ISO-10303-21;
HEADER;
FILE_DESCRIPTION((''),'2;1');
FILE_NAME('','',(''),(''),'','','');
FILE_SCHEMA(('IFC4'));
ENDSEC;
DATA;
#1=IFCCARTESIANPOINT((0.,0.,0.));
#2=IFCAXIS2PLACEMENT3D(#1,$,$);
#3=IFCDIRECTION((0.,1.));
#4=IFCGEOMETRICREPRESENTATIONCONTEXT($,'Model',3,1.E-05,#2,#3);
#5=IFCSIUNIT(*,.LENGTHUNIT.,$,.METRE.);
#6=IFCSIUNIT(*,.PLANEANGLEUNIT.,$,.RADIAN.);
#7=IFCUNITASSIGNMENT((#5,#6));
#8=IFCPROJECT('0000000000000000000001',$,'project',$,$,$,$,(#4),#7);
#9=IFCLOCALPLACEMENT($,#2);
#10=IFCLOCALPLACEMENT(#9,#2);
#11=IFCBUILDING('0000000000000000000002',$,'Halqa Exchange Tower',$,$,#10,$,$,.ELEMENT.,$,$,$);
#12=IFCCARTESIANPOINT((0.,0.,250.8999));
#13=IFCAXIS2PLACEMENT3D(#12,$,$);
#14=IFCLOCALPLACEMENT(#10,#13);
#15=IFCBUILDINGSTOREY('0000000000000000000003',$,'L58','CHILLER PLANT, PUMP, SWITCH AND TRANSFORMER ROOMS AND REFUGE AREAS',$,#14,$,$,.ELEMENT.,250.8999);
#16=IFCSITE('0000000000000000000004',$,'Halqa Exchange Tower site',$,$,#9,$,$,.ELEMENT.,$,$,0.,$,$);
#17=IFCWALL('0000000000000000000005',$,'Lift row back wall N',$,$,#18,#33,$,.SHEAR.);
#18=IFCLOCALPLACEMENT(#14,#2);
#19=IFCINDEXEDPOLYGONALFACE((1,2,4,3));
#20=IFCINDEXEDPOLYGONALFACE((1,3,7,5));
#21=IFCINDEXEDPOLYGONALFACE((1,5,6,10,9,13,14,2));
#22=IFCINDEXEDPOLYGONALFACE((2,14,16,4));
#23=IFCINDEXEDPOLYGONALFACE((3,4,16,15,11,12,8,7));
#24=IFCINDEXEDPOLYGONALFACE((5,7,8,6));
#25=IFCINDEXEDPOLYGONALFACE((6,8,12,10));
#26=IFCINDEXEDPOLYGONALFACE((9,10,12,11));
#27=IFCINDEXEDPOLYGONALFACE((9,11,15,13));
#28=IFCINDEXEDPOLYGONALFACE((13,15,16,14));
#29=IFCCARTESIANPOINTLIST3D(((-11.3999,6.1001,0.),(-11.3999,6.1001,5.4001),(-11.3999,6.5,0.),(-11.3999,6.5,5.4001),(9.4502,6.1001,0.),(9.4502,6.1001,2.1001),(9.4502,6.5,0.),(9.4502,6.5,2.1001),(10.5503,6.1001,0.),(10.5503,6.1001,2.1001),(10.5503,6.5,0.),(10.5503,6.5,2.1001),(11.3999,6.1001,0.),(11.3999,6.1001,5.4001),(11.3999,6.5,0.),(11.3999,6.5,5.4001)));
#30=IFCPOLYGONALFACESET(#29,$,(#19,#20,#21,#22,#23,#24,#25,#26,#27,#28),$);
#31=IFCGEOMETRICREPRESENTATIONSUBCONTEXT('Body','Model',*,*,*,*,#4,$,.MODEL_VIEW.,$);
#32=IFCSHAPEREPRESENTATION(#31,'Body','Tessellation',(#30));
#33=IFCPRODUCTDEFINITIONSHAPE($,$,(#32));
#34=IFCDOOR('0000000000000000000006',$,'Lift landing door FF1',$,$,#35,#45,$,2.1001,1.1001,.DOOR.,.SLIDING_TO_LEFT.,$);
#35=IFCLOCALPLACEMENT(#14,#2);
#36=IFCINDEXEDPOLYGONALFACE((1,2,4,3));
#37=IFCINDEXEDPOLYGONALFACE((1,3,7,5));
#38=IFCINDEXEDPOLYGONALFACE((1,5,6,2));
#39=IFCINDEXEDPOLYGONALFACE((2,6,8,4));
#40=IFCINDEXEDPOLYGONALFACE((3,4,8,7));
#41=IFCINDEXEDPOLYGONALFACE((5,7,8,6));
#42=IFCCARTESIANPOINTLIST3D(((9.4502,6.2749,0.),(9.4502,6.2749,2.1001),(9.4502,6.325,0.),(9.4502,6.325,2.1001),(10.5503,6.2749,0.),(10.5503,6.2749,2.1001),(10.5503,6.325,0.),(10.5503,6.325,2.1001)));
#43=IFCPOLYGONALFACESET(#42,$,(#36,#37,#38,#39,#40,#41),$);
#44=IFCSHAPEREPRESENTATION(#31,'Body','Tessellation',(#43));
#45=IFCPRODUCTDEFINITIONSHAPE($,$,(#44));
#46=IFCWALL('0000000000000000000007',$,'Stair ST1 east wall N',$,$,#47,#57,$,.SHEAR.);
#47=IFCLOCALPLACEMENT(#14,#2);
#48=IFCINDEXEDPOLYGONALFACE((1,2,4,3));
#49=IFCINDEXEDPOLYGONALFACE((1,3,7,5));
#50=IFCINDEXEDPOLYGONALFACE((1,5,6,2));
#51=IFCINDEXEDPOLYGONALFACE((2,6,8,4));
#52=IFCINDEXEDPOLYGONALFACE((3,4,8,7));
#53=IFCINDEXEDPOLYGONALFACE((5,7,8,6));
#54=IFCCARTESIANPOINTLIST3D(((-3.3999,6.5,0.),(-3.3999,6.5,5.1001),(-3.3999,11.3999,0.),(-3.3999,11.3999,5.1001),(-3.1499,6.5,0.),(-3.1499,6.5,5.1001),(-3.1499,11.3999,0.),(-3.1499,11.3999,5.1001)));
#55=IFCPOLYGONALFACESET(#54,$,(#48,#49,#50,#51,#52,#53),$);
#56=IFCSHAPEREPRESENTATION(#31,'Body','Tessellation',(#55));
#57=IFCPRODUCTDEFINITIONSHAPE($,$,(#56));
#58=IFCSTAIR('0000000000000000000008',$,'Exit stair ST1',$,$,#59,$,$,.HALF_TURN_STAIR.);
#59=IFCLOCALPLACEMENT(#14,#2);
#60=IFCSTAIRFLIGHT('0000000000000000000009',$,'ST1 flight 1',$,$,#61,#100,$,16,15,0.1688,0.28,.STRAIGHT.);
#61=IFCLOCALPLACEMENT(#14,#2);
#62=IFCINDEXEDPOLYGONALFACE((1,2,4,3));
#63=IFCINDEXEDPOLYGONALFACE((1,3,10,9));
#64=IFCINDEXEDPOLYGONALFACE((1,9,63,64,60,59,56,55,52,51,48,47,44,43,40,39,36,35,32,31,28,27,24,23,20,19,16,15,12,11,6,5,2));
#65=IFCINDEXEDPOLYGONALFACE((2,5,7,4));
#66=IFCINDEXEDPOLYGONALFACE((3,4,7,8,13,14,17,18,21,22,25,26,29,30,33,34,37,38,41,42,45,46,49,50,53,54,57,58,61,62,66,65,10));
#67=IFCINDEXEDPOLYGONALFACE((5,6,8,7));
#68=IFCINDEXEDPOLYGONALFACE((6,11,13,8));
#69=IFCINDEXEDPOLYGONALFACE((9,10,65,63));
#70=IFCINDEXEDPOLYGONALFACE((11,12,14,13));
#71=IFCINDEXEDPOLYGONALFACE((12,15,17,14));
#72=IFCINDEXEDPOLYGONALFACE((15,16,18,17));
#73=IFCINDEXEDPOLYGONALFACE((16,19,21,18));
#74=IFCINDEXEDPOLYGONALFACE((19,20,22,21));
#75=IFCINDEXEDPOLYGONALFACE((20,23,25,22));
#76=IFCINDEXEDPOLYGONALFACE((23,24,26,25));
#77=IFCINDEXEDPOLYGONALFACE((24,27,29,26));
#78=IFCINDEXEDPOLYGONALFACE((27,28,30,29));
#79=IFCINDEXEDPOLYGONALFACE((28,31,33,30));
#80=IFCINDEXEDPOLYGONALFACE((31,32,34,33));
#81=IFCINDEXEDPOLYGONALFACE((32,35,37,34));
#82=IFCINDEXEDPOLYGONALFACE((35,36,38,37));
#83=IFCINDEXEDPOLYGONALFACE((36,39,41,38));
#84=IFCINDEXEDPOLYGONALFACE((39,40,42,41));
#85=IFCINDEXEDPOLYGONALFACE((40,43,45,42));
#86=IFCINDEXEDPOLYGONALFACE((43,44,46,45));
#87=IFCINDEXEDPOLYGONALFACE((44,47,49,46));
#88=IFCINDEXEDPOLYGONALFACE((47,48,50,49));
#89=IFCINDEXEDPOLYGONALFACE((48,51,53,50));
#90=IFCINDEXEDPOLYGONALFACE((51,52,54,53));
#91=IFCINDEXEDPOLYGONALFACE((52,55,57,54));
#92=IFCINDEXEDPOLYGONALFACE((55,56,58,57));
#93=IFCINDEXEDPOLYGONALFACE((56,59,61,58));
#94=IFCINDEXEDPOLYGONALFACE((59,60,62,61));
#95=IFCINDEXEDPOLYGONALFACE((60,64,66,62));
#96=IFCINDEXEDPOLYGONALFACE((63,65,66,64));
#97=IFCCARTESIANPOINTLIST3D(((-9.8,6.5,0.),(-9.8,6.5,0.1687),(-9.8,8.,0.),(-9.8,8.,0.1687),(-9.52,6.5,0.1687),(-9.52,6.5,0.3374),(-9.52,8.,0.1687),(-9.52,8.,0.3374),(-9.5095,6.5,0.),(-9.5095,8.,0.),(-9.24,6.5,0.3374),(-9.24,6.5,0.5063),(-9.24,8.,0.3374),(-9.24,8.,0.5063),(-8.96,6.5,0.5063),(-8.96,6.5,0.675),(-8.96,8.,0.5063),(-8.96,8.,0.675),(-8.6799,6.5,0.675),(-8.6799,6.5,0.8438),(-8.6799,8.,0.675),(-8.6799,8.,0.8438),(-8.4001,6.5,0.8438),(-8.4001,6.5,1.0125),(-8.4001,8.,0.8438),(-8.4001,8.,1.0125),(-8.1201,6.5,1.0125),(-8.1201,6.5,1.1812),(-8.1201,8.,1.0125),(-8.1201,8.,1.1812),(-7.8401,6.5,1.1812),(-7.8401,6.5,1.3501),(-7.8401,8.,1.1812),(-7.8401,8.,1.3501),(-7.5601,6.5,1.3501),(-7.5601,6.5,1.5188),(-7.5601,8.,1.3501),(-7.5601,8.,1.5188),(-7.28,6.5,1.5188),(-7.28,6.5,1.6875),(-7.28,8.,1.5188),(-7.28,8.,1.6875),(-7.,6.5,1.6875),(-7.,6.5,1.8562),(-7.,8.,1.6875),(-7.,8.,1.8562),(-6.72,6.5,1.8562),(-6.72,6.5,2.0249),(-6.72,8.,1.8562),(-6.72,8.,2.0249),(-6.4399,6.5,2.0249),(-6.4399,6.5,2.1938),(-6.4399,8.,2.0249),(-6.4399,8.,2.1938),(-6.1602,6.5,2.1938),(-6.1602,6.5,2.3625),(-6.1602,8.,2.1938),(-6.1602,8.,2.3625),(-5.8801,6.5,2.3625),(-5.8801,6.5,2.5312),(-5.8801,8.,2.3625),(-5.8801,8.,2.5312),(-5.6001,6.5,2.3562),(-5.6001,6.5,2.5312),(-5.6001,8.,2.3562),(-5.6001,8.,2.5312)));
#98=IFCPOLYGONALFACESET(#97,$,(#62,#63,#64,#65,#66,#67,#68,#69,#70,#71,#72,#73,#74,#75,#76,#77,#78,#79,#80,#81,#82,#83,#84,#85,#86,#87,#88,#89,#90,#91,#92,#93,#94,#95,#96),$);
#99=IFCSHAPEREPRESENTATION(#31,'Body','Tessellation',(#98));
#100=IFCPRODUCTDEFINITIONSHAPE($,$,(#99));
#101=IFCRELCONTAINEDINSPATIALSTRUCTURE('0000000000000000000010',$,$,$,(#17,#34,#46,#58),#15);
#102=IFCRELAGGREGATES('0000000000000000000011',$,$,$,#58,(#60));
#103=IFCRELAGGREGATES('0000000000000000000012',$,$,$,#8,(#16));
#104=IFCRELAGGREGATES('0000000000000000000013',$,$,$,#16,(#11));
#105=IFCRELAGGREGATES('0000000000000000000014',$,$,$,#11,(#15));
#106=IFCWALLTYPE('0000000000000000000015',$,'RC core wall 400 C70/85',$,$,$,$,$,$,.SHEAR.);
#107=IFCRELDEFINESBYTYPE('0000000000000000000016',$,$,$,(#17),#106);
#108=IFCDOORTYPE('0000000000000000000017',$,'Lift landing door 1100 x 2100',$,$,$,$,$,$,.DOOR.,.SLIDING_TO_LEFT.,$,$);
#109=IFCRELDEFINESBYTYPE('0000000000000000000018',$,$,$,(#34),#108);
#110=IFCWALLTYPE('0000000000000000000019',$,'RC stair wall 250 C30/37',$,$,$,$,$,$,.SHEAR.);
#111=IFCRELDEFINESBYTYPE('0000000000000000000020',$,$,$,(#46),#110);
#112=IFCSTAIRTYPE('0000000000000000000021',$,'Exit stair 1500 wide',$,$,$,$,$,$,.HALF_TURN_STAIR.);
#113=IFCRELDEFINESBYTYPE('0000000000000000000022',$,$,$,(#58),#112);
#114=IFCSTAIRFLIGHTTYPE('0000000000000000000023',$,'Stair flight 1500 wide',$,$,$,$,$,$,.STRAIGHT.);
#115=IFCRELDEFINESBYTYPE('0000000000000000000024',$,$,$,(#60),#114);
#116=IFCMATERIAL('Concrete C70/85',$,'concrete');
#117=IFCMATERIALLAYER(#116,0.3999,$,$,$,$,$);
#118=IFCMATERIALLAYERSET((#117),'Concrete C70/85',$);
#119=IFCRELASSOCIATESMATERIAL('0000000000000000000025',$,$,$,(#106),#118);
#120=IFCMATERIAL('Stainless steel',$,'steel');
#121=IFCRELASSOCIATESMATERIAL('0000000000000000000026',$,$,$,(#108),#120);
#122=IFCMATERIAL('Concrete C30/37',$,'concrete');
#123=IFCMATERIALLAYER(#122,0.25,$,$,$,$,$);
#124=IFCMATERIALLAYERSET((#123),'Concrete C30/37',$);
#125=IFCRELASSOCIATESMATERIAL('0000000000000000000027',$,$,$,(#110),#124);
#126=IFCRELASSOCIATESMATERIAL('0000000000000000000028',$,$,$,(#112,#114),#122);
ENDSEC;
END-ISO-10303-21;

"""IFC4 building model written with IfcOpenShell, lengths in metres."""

from ifc_helpers import new_model, si_unit, direction, frame, frame_2d, origin, place, context, subcontext, project, spatial, polyline, rectangle, outline, extrude, material, layer, layer_set, type_object, element, fill, aggregate, save


model = new_model("IFC4")

# Units and contexts
model_context = context("Model", 3, precision=1e-05, world=origin(), true_north=direction((0.0, 1.0)))
body_context = subcontext(model_context, "Body", "Model", "MODEL_VIEW")
ifc_project = project(units=[si_unit("LENGTHUNIT", "METRE"), si_unit("PLANEANGLEUNIT", "RADIAN")], contexts=[model_context])

# Site, building, storey
site_placement = place(None, origin())
site = spatial("IfcSite", under=ifc_project, at=site_placement, Name="Halqa Exchange Tower site", CompositionType="ELEMENT", RefElevation=0.0)
building_placement = place(site_placement, origin())
building = spatial("IfcBuilding", under=site, at=building_placement, Name="Halqa Exchange Tower", CompositionType="ELEMENT")
storey_placement = place(building_placement, frame((0.0, 0.0, 250.8999)))
storey = spatial("IfcBuildingStorey", under=building, at=storey_placement, Name="L58", Description="CHILLER PLANT, PUMP, SWITCH AND TRANSFORMER ROOMS AND REFUGE AREAS", CompositionType="ELEMENT", Elevation=250.8999)

# Shared definitions
ifc_material_1 = material(Name="Concrete C70/85", Category="concrete")
ifc_layer_1 = layer(ifc_material_1, 0.3999)
ifc_layer_set_1 = layer_set([ifc_layer_1], Name="Concrete C70/85")
wall_type_1 = type_object("IfcWallType", Name="RC core wall 400 C70/85", PredefinedType="SHEAR", material=ifc_layer_set_1)
ifc_material_2 = material(Name="Stainless steel", Category="steel")
door_type_1 = type_object("IfcDoorType", Name="Lift landing door 1100 x 2100", OperationType="SLIDING_TO_LEFT", PredefinedType="DOOR", material=ifc_material_2)

# Wall, opening, door
wall_1_placement = place(storey_placement, frame((-11.3999, 6.3, 0.0), z_axis=(0.0, 0.0, 1.0), x_axis=(1.0, 0.0, 0.0)))
wall_1 = element("IfcWall", 1, at=wall_1_placement, inside=storey, type_object=wall_type_1, Name="Lift row back wall N", PredefinedType="SHEAR", context=body_context, shape_type="SweptSolid", body=[
    extrude(rectangle(XDim=22.7998, YDim=0.3999, at=frame_2d((11.3999, 0.0))), origin(), (0.0, 0.0, 1.0), 5.4001),
])
opening_1_placement = place(wall_1_placement, frame((20.8501, 0.0, 0.0)))
opening_1 = element("IfcOpeningElement", 2, at=opening_1_placement, cuts=wall_1, PredefinedType="OPENING", context=body_context, shape_type="SweptSolid", body=[
    extrude(rectangle(XDim=1.1001, YDim=2.1001, at=frame_2d((0.55, 1.05))), frame((0.0, 0.2119, 0.0), z_axis=(0.0, -1.0, 0.0), x_axis=(1.0, 0.0, 0.0)), (0.0, 0.0, 1.0), 0.4238),
])
door_1_placement = place(opening_1_placement, origin())
door_1 = element("IfcDoor", 3, at=door_1_placement, inside=storey, type_object=door_type_1, Name="Lift landing door FF1", OperationType="SLIDING_TO_LEFT", OverallHeight=2.1001, OverallWidth=1.1001, PredefinedType="DOOR", context=body_context, shape_type="SweptSolid", body=[
    extrude(rectangle(XDim=1.1001, YDim=2.1001, at=frame_2d((0.55, 1.05))), frame((0.0, 0.0249, 0.0), z_axis=(0.0, -1.0, 0.0), x_axis=(1.0, 0.0, 0.0)), (0.0, 0.0, 1.0), 0.05),
])
fill(opening_1, door_1)

# Wall
ifc_material_3 = material(Name="Concrete C30/37", Category="concrete")
ifc_layer_2 = layer(ifc_material_3, 0.25)
ifc_layer_set_2 = layer_set([ifc_layer_2], Name="Concrete C30/37")
wall_type_2 = type_object("IfcWallType", Name="RC stair wall 250 C30/37", PredefinedType="SHEAR", material=ifc_layer_set_2)
wall_2_placement = place(storey_placement, frame((-3.2749, 6.5, 0.0), z_axis=(0.0, 0.0, 1.0), x_axis=(0.0, 1.0, 0.0)))
element("IfcWall", 4, at=wall_2_placement, inside=storey, type_object=wall_type_2, Name="Stair ST1 east wall N", PredefinedType="SHEAR", context=body_context, shape_type="SweptSolid", body=[
    extrude(rectangle(XDim=4.8999, YDim=0.25, at=frame_2d((2.45, 0.0))), origin(), (0.0, 0.0, 1.0), 5.1001),
])

# Stair, stair flight
stair_type = type_object("IfcStairType", Name="Exit stair 1500 wide", PredefinedType="HALF_TURN_STAIR", material=ifc_material_3)
stair_placement = place(storey_placement, origin())
stair = element("IfcStair", 5, at=stair_placement, inside=storey, type_object=stair_type, Name="Exit stair ST1", PredefinedType="HALF_TURN_STAIR")
stair_flight_type = type_object("IfcStairFlightType", Name="Stair flight 1500 wide", PredefinedType="STRAIGHT", material=ifc_material_3)
stair_flight_placement = place(storey_placement, frame((-9.8, 7.25, 0.0), z_axis=(0.0, 0.0, 1.0), x_axis=(1.0, 0.0, 0.0)))
stair_flight = element("IfcStairFlight", 6, at=stair_flight_placement, type_object=stair_flight_type, Name="ST1 flight 1", NumberOfRisers=16, NumberOfTreads=15, PredefinedType="STRAIGHT", RiserHeight=0.1688, TreadLength=0.28, context=body_context, shape_type="SweptSolid", body=[
    extrude(outline(polyline([(0.0, 0.0), (0.0, 0.1687), (0.28, 0.1687), (0.28, 0.3374), (0.5601, 0.3374), (0.5601, 0.5063), (0.8401, 0.5063), (0.8401, 0.675), (1.1201, 0.675), (1.1201, 0.8438), (1.3999, 0.8438), (1.3999, 1.0125), (1.6799, 1.0125), (1.6799, 1.1812), (1.96, 1.1812), (1.96, 1.3501), (2.24, 1.3501), (2.24, 1.5188), (2.52, 1.5188), (2.52, 1.6875), (2.8, 1.6875), (2.8, 1.8562), (3.0801, 1.8562), (3.0801, 2.0249), (3.3601, 2.0249), (3.3601, 2.1938), (3.6399, 2.1938), (3.6399, 2.3625), (3.9199, 2.3625), (3.9199, 2.5312), (4.2, 2.5312), (4.2, 2.7), (4.2, 2.3562), (0.2905, 0.0), (0.0, 0.0)])), frame((0.0, 0.75, 0.0), z_axis=(0.0, -1.0, 0.0), x_axis=(1.0, 0.0, 0.0)), (0.0, 0.0, 1.0), 1.5),
])
aggregate(stair, [stair_flight])

save(model, "model.ifc")
